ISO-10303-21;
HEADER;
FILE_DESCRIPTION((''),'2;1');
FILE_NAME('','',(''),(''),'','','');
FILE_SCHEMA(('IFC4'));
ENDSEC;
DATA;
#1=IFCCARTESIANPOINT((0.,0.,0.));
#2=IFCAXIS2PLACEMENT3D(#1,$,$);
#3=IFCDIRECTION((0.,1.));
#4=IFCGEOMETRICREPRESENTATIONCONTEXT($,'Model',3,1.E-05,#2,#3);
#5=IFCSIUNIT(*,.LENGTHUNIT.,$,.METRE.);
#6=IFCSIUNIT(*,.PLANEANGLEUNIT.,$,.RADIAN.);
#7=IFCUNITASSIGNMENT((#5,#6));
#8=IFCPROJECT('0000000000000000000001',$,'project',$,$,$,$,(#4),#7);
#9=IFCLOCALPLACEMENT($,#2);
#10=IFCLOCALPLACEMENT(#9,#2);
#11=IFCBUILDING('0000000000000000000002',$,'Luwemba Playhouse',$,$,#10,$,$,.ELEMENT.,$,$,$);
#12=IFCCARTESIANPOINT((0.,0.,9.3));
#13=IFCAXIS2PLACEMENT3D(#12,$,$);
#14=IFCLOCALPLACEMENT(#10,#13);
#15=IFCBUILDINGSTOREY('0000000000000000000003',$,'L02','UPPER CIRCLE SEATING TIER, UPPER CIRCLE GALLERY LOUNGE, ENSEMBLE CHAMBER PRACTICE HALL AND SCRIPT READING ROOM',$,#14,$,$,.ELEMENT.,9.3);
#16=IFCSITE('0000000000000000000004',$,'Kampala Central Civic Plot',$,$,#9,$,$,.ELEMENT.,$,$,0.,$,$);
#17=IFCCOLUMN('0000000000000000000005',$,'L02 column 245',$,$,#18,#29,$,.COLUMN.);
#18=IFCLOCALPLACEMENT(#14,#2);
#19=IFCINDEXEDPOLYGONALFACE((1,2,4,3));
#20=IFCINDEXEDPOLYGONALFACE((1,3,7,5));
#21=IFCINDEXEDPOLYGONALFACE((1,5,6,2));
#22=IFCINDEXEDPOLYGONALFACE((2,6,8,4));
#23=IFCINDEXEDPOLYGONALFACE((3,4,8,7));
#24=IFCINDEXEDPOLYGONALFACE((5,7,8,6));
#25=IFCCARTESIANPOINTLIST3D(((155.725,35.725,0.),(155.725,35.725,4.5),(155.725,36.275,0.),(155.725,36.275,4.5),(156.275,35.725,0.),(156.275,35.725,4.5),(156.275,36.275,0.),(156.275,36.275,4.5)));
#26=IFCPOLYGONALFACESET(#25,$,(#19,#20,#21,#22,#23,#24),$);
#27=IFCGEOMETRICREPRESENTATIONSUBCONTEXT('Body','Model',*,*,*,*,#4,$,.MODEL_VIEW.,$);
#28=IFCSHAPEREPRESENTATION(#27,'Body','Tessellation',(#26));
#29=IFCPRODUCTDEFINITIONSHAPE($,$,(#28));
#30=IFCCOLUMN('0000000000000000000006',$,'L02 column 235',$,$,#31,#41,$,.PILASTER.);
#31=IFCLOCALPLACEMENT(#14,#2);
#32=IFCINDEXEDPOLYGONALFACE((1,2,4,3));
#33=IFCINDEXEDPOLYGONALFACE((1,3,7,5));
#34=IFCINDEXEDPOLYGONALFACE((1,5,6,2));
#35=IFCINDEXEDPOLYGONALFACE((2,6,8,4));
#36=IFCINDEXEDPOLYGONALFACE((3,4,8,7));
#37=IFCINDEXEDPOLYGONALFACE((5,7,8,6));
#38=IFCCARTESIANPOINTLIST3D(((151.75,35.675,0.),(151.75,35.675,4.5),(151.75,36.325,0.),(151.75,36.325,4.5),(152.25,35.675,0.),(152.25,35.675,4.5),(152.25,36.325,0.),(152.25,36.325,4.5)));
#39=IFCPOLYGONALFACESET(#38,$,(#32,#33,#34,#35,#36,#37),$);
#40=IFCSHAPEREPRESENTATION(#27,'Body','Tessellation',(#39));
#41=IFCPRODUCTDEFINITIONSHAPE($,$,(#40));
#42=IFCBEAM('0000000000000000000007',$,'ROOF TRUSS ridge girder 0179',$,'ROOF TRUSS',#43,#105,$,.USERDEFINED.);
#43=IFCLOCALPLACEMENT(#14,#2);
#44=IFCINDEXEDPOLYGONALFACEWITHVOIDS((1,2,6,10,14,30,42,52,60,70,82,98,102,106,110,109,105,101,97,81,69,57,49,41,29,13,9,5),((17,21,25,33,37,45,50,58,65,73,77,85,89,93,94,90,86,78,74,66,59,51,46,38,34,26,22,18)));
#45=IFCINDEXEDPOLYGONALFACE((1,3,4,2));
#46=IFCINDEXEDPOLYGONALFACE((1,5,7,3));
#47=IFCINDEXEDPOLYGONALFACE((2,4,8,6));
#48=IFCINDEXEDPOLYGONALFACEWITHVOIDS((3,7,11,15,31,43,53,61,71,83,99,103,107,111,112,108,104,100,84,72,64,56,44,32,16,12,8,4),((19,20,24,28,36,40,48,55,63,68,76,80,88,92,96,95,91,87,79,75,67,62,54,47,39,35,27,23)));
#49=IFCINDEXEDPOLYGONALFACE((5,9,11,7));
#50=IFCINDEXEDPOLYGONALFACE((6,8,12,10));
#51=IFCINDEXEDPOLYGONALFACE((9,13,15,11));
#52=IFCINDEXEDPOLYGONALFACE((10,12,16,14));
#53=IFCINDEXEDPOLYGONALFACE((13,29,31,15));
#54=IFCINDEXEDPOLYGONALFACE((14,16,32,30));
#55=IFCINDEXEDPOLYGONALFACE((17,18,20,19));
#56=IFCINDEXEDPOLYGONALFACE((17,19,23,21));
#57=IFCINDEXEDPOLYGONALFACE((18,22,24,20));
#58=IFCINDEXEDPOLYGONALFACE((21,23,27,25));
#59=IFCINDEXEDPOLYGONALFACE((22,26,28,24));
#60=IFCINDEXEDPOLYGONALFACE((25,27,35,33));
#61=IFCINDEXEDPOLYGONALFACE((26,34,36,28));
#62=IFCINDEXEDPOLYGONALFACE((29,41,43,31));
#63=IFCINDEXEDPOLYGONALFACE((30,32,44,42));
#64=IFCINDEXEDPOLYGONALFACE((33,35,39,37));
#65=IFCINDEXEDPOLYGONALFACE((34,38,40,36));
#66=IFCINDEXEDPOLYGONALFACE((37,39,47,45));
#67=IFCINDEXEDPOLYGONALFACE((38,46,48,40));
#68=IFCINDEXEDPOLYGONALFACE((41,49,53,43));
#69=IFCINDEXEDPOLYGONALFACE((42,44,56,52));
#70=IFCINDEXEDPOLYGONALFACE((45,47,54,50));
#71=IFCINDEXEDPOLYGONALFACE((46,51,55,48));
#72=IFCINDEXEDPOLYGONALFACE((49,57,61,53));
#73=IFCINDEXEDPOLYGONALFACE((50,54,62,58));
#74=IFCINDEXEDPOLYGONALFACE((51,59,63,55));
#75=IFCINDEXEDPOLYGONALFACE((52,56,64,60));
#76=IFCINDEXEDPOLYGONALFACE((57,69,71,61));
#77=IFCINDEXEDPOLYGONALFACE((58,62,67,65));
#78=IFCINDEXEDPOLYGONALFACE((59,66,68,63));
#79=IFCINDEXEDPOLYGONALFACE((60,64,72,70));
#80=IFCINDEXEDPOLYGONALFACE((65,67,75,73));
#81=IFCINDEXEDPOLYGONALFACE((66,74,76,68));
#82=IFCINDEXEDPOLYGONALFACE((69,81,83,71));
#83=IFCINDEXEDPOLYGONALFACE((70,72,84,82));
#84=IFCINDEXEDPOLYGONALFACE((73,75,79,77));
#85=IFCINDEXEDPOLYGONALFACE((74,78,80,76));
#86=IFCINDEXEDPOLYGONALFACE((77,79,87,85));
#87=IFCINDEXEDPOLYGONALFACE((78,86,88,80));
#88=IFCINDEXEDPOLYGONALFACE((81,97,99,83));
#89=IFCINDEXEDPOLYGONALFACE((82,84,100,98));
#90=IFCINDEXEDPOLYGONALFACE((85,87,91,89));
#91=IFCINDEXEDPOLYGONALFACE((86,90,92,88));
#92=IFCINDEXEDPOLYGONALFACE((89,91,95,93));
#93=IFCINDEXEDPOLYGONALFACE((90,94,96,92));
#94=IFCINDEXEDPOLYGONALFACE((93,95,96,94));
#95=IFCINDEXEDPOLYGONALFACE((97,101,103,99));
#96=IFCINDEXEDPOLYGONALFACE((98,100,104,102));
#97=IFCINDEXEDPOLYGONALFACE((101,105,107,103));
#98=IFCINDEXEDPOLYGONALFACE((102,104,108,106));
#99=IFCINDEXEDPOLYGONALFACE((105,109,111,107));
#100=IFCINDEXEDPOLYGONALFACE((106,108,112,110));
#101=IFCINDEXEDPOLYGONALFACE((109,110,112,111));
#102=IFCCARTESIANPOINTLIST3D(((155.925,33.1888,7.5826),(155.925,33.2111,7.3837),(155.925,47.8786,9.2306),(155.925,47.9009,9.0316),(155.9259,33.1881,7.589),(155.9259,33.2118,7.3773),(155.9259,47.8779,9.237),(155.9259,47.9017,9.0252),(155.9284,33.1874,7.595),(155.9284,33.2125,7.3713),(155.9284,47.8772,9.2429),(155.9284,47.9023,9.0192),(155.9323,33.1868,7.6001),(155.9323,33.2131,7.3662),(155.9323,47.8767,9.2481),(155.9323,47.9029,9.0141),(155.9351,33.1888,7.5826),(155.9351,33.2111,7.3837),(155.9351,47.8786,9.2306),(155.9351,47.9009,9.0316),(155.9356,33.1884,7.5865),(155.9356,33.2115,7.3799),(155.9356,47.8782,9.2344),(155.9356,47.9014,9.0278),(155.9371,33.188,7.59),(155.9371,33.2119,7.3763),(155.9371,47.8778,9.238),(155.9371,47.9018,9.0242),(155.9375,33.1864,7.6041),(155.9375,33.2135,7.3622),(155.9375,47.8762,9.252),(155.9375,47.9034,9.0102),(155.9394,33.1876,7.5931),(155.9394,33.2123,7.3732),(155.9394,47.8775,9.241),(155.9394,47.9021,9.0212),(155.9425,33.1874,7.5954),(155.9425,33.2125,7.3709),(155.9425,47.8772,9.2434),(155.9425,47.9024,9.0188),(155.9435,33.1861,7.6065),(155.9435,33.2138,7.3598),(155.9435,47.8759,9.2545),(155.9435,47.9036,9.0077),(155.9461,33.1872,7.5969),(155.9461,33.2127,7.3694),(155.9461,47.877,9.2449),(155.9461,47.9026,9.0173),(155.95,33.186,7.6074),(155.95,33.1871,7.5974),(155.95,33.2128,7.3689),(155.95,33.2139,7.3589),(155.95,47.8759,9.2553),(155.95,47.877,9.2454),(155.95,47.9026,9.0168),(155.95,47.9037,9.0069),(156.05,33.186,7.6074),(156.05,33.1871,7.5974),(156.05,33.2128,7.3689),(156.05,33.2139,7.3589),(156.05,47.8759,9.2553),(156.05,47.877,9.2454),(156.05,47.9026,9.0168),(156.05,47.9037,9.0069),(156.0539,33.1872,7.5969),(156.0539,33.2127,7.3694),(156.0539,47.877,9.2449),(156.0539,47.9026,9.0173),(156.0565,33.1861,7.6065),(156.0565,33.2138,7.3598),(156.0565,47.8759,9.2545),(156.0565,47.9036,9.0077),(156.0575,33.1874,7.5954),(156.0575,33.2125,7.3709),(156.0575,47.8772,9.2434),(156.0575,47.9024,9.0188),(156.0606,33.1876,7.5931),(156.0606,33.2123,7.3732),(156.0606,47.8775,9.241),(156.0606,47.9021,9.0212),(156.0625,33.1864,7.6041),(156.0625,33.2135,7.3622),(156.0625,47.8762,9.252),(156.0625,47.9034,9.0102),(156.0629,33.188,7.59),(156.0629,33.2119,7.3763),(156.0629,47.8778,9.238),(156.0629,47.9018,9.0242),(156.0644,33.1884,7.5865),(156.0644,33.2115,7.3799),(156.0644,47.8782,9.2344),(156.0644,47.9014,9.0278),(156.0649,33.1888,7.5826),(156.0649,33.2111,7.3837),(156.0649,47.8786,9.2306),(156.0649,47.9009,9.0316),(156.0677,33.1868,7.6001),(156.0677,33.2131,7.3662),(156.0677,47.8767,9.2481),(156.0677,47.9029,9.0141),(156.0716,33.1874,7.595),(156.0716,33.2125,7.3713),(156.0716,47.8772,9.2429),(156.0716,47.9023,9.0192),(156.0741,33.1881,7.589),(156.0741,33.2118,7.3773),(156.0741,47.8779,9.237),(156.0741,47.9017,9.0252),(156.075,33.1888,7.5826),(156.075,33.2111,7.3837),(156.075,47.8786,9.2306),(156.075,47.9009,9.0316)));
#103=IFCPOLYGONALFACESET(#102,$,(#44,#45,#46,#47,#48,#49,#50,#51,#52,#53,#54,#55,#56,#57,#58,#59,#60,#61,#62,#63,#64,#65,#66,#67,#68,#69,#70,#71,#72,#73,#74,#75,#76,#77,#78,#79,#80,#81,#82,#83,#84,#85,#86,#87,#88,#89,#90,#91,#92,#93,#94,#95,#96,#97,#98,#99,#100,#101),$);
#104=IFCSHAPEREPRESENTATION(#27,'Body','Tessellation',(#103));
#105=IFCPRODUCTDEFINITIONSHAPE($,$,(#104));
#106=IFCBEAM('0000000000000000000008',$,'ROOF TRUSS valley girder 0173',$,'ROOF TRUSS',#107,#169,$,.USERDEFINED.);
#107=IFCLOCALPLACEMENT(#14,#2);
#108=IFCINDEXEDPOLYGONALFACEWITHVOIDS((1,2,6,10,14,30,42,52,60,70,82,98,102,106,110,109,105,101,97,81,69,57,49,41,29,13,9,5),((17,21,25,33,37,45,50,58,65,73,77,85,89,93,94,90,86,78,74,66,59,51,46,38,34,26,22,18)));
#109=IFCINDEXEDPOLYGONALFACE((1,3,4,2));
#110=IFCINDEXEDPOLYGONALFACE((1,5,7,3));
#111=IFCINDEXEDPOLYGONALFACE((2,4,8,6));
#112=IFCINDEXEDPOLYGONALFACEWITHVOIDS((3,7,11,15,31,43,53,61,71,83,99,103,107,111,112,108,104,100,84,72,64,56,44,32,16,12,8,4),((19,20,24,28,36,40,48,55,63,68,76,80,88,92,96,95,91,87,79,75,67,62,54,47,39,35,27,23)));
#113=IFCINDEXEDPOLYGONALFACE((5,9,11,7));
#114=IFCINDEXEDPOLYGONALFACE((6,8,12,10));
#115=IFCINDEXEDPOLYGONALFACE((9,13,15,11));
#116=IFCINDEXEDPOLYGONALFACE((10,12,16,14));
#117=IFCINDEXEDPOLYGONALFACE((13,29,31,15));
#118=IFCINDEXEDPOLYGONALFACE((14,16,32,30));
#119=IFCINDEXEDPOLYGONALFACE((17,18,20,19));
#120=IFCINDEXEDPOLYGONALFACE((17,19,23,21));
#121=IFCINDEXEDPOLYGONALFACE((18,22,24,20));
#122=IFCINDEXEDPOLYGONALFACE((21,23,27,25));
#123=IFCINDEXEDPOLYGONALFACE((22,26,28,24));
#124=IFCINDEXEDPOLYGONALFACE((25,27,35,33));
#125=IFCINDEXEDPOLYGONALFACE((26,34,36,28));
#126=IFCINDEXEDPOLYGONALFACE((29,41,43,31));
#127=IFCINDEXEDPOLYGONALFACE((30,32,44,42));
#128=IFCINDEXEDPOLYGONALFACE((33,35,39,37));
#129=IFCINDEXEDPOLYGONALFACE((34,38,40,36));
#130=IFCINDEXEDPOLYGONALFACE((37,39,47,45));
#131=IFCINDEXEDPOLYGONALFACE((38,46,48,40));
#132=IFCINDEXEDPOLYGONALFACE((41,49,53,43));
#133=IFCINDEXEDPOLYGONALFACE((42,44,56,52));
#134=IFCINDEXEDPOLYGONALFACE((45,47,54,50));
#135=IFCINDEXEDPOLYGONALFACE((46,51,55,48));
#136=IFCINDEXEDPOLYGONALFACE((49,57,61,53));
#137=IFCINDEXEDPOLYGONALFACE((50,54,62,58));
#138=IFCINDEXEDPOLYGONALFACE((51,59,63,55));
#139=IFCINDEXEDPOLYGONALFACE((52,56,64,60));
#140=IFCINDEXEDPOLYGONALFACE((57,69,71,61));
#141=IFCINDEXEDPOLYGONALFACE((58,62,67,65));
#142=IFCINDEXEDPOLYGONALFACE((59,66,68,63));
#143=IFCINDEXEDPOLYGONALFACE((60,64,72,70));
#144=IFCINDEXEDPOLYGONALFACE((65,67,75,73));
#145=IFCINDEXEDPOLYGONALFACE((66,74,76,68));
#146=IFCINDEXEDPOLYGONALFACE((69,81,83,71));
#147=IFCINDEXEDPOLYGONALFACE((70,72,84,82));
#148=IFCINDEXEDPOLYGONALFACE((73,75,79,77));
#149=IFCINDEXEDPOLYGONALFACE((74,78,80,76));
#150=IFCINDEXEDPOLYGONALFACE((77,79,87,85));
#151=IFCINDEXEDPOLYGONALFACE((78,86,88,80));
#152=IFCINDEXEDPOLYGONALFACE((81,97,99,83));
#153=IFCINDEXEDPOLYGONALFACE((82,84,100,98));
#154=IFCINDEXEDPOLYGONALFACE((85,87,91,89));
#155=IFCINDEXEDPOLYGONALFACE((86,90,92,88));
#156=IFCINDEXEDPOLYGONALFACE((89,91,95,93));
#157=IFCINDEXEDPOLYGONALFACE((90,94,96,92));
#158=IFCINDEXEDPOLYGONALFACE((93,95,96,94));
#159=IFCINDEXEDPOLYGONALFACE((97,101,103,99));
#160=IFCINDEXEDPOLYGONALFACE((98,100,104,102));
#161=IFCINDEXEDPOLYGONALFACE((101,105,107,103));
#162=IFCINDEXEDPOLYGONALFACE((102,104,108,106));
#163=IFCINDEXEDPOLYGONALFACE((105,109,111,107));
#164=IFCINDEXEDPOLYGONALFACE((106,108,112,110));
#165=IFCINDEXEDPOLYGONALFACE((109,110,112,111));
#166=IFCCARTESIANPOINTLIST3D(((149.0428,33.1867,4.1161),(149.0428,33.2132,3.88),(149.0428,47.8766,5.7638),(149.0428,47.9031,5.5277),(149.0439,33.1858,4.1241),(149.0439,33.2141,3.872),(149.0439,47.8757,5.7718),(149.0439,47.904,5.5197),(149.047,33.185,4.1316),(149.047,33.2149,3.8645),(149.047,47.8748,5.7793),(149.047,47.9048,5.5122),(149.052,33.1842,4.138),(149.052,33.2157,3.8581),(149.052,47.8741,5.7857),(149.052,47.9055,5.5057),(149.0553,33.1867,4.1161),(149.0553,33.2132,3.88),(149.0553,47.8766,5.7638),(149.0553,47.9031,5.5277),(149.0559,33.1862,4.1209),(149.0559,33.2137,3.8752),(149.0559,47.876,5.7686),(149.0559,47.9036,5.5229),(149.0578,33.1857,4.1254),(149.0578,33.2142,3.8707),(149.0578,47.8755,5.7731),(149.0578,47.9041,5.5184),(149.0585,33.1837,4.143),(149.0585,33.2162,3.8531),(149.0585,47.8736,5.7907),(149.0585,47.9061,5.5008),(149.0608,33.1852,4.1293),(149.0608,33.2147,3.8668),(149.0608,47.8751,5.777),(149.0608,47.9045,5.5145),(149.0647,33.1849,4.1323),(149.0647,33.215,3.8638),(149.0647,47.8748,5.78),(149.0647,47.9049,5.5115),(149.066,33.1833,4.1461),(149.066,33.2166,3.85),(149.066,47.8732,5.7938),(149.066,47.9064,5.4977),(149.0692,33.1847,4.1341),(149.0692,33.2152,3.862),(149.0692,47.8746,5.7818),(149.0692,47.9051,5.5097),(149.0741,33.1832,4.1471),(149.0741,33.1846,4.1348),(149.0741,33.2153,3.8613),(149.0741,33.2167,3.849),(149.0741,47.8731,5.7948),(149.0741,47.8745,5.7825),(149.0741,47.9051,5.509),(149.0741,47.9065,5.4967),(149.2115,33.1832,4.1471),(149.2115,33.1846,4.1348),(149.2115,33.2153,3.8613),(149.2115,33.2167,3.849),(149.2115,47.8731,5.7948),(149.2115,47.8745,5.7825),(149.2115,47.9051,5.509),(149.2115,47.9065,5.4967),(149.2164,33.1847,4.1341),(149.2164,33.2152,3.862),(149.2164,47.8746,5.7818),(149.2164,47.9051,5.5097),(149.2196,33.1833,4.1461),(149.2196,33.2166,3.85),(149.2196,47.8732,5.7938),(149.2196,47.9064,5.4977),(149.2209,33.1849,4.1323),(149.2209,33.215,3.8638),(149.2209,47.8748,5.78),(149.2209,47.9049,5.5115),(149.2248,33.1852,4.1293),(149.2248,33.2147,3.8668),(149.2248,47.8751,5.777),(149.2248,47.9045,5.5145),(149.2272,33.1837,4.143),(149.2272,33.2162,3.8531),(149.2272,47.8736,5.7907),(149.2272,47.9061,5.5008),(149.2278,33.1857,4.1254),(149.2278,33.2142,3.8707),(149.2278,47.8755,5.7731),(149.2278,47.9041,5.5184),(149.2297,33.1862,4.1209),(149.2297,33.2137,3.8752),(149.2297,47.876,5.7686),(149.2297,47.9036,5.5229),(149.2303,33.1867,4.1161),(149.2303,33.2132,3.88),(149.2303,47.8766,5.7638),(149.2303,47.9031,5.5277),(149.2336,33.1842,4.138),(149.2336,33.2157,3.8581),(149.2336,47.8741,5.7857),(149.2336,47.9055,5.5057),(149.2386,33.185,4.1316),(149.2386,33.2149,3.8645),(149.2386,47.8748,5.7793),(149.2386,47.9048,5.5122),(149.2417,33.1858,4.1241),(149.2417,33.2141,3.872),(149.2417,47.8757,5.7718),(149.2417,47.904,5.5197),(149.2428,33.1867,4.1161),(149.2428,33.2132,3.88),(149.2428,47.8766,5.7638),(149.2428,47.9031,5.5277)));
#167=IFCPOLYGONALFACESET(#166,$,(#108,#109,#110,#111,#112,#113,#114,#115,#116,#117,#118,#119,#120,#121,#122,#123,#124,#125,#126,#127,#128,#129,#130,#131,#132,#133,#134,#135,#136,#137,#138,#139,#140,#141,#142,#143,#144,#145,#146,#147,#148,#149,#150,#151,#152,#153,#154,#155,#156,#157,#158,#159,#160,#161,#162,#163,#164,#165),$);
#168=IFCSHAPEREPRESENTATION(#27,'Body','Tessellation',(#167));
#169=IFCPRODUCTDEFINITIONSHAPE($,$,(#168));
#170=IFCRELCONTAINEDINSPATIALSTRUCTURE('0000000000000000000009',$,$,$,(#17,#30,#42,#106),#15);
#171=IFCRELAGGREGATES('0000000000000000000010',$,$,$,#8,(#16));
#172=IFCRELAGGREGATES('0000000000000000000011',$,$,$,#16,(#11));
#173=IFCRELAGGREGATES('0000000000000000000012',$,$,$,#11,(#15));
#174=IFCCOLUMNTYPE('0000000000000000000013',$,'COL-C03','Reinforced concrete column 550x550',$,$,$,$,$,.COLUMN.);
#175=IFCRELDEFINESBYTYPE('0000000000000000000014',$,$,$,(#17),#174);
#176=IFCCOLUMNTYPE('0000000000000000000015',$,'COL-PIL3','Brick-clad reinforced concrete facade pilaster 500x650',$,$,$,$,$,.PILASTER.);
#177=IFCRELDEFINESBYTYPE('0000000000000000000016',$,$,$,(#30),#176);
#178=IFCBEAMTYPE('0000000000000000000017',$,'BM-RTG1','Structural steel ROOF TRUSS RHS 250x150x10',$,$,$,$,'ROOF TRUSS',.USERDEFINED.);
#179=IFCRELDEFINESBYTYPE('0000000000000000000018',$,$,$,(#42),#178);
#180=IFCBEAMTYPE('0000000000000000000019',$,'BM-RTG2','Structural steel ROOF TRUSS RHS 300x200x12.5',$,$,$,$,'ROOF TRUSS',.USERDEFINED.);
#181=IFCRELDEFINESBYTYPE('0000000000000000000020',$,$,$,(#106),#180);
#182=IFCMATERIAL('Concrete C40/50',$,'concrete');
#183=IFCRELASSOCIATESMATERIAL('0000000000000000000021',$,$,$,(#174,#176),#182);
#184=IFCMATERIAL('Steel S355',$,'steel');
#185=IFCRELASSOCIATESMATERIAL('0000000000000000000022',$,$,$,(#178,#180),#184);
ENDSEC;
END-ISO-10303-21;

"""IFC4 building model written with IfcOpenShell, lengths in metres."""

from ifc_helpers import new_model, si_unit, direction, frame, origin, origin_2d, place, context, subcontext, project, spatial, rectangle, hollow_rectangle, extrude, material, material_profile, profile_set, type_object, element, save


model = new_model("IFC4")

# Units and contexts
model_context = context("Model", 3, precision=1e-05, world=origin(), true_north=direction((0.0, 1.0)))
body_context = subcontext(model_context, "Body", "Model", "MODEL_VIEW")
ifc_project = project(units=[si_unit("LENGTHUNIT", "METRE"), si_unit("PLANEANGLEUNIT", "RADIAN")], contexts=[model_context])

# Site, building, storey
site_placement = place(None, origin())
site = spatial("IfcSite", under=ifc_project, at=site_placement, Name="Kampala Central Civic Plot", CompositionType="ELEMENT", RefElevation=0.0)
building_placement = place(site_placement, origin())
building = spatial("IfcBuilding", under=site, at=building_placement, Name="Luwemba Playhouse", CompositionType="ELEMENT")
storey_placement = place(building_placement, frame((0.0, 0.0, 9.3)))
storey = spatial("IfcBuildingStorey", under=building, at=storey_placement, Name="L02", Description="UPPER CIRCLE SEATING TIER, UPPER CIRCLE GALLERY LOUNGE, ENSEMBLE CHAMBER PRACTICE HALL AND SCRIPT READING ROOM", CompositionType="ELEMENT", Elevation=9.3)

# Columns
ifc_material_1 = material(Name="Concrete C40/50", Category="concrete")
ifc_material_profile_1 = material_profile(ifc_material_1, rectangle(XDim=0.55, YDim=0.55, at=origin_2d()))
ifc_profile_set_1 = profile_set([ifc_material_profile_1], Name="Concrete C40/50")
column_type_1 = type_object("IfcColumnType", Name="COL-C03", Description="Reinforced concrete column 550x550", PredefinedType="COLUMN", material=ifc_profile_set_1)
column_1_placement = place(storey_placement, frame((156.0, 36.0, 0.0), z_axis=(0.0, 0.0, 1.0), x_axis=(1.0, 0.0, 0.0)))
element("IfcColumn", 1, at=column_1_placement, inside=storey, type_object=column_type_1, Name="L02 column 245", PredefinedType="COLUMN", context=body_context, shape_type="SweptSolid", body=[
    extrude(rectangle(XDim=0.55, YDim=0.55, at=origin_2d()), origin(), (0.0, 0.0, 1.0), 4.5),
])
ifc_material_profile_2 = material_profile(ifc_material_1, rectangle(XDim=0.5, YDim=0.6499, at=origin_2d()))
ifc_profile_set_2 = profile_set([ifc_material_profile_2], Name="Concrete C40/50")
column_type_2 = type_object("IfcColumnType", Name="COL-PIL3", Description="Brick-clad reinforced concrete facade pilaster 500x650", PredefinedType="PILASTER", material=ifc_profile_set_2)
column_2_placement = place(storey_placement, frame((152.0, 36.0, 0.0), z_axis=(0.0, 0.0, 1.0), x_axis=(1.0, 0.0, 0.0)))
element("IfcColumn", 2, at=column_2_placement, inside=storey, type_object=column_type_2, Name="L02 column 235", PredefinedType="PILASTER", context=body_context, shape_type="SweptSolid", body=[
    extrude(rectangle(XDim=0.5, YDim=0.6499, at=origin_2d()), origin(), (0.0, 0.0, 1.0), 4.5),
])

# Beams
ifc_material_2 = material(Name="Steel S355", Category="steel")
ifc_material_profile_3 = material_profile(ifc_material_2, hollow_rectangle(XDim=0.1499, YDim=0.25, WallThickness=0.01, InnerFilletRadius=0.0149, OuterFilletRadius=0.0249, at=origin_2d()))
ifc_profile_set_3 = profile_set([ifc_material_profile_3], Name="Steel S355")
beam_type_1 = type_object("IfcBeamType", Name="BM-RTG1", Description="Structural steel ROOF TRUSS RHS 250x150x10", ElementType="ROOF TRUSS", PredefinedType="USERDEFINED", material=ifc_profile_set_3)
beam_1_placement = place(storey_placement, frame((156.0, 33.2, 7.4832), z_axis=(0.0, 0.993766, 0.111483), x_axis=(-1.0, 0.0, 0.0)))
element("IfcBeam", 3, at=beam_1_placement, inside=storey, type_object=beam_type_1, Name="ROOF TRUSS ridge girder 0179", ObjectType="ROOF TRUSS", PredefinedType="USERDEFINED", context=body_context, shape_type="SweptSolid", body=[
    extrude(hollow_rectangle(XDim=0.1499, YDim=0.25, WallThickness=0.01, InnerFilletRadius=0.0149, OuterFilletRadius=0.0249, at=origin_2d()), origin(), (0.0, 0.0, 1.0), 14.782),
])
ifc_material_profile_4 = material_profile(ifc_material_2, hollow_rectangle(XDim=0.2, YDim=0.3, WallThickness=0.0125, InnerFilletRadius=0.0188, OuterFilletRadius=0.0312, at=origin_2d()))
ifc_profile_set_4 = profile_set([ifc_material_profile_4], Name="Steel S355")
beam_type_2 = type_object("IfcBeamType", Name="BM-RTG2", Description="Structural steel ROOF TRUSS RHS 300x200x12.5", ElementType="ROOF TRUSS", PredefinedType="USERDEFINED", material=ifc_profile_set_4)
beam_2_placement = place(storey_placement, frame((149.1428, 33.2, 3.998), z_axis=(0.0, 0.993768, 0.111467), x_axis=(-1.0, 0.0, 0.0)))
element("IfcBeam", 4, at=beam_2_placement, inside=storey, type_object=beam_type_2, Name="ROOF TRUSS valley girder 0173", ObjectType="ROOF TRUSS", PredefinedType="USERDEFINED", context=body_context, shape_type="SweptSolid", body=[
    extrude(hollow_rectangle(XDim=0.2, YDim=0.3, WallThickness=0.0125, InnerFilletRadius=0.0188, OuterFilletRadius=0.0312, at=origin_2d()), origin(), (0.0, 0.0, 1.0), 14.782),
])

save(model, "model.ifc")
